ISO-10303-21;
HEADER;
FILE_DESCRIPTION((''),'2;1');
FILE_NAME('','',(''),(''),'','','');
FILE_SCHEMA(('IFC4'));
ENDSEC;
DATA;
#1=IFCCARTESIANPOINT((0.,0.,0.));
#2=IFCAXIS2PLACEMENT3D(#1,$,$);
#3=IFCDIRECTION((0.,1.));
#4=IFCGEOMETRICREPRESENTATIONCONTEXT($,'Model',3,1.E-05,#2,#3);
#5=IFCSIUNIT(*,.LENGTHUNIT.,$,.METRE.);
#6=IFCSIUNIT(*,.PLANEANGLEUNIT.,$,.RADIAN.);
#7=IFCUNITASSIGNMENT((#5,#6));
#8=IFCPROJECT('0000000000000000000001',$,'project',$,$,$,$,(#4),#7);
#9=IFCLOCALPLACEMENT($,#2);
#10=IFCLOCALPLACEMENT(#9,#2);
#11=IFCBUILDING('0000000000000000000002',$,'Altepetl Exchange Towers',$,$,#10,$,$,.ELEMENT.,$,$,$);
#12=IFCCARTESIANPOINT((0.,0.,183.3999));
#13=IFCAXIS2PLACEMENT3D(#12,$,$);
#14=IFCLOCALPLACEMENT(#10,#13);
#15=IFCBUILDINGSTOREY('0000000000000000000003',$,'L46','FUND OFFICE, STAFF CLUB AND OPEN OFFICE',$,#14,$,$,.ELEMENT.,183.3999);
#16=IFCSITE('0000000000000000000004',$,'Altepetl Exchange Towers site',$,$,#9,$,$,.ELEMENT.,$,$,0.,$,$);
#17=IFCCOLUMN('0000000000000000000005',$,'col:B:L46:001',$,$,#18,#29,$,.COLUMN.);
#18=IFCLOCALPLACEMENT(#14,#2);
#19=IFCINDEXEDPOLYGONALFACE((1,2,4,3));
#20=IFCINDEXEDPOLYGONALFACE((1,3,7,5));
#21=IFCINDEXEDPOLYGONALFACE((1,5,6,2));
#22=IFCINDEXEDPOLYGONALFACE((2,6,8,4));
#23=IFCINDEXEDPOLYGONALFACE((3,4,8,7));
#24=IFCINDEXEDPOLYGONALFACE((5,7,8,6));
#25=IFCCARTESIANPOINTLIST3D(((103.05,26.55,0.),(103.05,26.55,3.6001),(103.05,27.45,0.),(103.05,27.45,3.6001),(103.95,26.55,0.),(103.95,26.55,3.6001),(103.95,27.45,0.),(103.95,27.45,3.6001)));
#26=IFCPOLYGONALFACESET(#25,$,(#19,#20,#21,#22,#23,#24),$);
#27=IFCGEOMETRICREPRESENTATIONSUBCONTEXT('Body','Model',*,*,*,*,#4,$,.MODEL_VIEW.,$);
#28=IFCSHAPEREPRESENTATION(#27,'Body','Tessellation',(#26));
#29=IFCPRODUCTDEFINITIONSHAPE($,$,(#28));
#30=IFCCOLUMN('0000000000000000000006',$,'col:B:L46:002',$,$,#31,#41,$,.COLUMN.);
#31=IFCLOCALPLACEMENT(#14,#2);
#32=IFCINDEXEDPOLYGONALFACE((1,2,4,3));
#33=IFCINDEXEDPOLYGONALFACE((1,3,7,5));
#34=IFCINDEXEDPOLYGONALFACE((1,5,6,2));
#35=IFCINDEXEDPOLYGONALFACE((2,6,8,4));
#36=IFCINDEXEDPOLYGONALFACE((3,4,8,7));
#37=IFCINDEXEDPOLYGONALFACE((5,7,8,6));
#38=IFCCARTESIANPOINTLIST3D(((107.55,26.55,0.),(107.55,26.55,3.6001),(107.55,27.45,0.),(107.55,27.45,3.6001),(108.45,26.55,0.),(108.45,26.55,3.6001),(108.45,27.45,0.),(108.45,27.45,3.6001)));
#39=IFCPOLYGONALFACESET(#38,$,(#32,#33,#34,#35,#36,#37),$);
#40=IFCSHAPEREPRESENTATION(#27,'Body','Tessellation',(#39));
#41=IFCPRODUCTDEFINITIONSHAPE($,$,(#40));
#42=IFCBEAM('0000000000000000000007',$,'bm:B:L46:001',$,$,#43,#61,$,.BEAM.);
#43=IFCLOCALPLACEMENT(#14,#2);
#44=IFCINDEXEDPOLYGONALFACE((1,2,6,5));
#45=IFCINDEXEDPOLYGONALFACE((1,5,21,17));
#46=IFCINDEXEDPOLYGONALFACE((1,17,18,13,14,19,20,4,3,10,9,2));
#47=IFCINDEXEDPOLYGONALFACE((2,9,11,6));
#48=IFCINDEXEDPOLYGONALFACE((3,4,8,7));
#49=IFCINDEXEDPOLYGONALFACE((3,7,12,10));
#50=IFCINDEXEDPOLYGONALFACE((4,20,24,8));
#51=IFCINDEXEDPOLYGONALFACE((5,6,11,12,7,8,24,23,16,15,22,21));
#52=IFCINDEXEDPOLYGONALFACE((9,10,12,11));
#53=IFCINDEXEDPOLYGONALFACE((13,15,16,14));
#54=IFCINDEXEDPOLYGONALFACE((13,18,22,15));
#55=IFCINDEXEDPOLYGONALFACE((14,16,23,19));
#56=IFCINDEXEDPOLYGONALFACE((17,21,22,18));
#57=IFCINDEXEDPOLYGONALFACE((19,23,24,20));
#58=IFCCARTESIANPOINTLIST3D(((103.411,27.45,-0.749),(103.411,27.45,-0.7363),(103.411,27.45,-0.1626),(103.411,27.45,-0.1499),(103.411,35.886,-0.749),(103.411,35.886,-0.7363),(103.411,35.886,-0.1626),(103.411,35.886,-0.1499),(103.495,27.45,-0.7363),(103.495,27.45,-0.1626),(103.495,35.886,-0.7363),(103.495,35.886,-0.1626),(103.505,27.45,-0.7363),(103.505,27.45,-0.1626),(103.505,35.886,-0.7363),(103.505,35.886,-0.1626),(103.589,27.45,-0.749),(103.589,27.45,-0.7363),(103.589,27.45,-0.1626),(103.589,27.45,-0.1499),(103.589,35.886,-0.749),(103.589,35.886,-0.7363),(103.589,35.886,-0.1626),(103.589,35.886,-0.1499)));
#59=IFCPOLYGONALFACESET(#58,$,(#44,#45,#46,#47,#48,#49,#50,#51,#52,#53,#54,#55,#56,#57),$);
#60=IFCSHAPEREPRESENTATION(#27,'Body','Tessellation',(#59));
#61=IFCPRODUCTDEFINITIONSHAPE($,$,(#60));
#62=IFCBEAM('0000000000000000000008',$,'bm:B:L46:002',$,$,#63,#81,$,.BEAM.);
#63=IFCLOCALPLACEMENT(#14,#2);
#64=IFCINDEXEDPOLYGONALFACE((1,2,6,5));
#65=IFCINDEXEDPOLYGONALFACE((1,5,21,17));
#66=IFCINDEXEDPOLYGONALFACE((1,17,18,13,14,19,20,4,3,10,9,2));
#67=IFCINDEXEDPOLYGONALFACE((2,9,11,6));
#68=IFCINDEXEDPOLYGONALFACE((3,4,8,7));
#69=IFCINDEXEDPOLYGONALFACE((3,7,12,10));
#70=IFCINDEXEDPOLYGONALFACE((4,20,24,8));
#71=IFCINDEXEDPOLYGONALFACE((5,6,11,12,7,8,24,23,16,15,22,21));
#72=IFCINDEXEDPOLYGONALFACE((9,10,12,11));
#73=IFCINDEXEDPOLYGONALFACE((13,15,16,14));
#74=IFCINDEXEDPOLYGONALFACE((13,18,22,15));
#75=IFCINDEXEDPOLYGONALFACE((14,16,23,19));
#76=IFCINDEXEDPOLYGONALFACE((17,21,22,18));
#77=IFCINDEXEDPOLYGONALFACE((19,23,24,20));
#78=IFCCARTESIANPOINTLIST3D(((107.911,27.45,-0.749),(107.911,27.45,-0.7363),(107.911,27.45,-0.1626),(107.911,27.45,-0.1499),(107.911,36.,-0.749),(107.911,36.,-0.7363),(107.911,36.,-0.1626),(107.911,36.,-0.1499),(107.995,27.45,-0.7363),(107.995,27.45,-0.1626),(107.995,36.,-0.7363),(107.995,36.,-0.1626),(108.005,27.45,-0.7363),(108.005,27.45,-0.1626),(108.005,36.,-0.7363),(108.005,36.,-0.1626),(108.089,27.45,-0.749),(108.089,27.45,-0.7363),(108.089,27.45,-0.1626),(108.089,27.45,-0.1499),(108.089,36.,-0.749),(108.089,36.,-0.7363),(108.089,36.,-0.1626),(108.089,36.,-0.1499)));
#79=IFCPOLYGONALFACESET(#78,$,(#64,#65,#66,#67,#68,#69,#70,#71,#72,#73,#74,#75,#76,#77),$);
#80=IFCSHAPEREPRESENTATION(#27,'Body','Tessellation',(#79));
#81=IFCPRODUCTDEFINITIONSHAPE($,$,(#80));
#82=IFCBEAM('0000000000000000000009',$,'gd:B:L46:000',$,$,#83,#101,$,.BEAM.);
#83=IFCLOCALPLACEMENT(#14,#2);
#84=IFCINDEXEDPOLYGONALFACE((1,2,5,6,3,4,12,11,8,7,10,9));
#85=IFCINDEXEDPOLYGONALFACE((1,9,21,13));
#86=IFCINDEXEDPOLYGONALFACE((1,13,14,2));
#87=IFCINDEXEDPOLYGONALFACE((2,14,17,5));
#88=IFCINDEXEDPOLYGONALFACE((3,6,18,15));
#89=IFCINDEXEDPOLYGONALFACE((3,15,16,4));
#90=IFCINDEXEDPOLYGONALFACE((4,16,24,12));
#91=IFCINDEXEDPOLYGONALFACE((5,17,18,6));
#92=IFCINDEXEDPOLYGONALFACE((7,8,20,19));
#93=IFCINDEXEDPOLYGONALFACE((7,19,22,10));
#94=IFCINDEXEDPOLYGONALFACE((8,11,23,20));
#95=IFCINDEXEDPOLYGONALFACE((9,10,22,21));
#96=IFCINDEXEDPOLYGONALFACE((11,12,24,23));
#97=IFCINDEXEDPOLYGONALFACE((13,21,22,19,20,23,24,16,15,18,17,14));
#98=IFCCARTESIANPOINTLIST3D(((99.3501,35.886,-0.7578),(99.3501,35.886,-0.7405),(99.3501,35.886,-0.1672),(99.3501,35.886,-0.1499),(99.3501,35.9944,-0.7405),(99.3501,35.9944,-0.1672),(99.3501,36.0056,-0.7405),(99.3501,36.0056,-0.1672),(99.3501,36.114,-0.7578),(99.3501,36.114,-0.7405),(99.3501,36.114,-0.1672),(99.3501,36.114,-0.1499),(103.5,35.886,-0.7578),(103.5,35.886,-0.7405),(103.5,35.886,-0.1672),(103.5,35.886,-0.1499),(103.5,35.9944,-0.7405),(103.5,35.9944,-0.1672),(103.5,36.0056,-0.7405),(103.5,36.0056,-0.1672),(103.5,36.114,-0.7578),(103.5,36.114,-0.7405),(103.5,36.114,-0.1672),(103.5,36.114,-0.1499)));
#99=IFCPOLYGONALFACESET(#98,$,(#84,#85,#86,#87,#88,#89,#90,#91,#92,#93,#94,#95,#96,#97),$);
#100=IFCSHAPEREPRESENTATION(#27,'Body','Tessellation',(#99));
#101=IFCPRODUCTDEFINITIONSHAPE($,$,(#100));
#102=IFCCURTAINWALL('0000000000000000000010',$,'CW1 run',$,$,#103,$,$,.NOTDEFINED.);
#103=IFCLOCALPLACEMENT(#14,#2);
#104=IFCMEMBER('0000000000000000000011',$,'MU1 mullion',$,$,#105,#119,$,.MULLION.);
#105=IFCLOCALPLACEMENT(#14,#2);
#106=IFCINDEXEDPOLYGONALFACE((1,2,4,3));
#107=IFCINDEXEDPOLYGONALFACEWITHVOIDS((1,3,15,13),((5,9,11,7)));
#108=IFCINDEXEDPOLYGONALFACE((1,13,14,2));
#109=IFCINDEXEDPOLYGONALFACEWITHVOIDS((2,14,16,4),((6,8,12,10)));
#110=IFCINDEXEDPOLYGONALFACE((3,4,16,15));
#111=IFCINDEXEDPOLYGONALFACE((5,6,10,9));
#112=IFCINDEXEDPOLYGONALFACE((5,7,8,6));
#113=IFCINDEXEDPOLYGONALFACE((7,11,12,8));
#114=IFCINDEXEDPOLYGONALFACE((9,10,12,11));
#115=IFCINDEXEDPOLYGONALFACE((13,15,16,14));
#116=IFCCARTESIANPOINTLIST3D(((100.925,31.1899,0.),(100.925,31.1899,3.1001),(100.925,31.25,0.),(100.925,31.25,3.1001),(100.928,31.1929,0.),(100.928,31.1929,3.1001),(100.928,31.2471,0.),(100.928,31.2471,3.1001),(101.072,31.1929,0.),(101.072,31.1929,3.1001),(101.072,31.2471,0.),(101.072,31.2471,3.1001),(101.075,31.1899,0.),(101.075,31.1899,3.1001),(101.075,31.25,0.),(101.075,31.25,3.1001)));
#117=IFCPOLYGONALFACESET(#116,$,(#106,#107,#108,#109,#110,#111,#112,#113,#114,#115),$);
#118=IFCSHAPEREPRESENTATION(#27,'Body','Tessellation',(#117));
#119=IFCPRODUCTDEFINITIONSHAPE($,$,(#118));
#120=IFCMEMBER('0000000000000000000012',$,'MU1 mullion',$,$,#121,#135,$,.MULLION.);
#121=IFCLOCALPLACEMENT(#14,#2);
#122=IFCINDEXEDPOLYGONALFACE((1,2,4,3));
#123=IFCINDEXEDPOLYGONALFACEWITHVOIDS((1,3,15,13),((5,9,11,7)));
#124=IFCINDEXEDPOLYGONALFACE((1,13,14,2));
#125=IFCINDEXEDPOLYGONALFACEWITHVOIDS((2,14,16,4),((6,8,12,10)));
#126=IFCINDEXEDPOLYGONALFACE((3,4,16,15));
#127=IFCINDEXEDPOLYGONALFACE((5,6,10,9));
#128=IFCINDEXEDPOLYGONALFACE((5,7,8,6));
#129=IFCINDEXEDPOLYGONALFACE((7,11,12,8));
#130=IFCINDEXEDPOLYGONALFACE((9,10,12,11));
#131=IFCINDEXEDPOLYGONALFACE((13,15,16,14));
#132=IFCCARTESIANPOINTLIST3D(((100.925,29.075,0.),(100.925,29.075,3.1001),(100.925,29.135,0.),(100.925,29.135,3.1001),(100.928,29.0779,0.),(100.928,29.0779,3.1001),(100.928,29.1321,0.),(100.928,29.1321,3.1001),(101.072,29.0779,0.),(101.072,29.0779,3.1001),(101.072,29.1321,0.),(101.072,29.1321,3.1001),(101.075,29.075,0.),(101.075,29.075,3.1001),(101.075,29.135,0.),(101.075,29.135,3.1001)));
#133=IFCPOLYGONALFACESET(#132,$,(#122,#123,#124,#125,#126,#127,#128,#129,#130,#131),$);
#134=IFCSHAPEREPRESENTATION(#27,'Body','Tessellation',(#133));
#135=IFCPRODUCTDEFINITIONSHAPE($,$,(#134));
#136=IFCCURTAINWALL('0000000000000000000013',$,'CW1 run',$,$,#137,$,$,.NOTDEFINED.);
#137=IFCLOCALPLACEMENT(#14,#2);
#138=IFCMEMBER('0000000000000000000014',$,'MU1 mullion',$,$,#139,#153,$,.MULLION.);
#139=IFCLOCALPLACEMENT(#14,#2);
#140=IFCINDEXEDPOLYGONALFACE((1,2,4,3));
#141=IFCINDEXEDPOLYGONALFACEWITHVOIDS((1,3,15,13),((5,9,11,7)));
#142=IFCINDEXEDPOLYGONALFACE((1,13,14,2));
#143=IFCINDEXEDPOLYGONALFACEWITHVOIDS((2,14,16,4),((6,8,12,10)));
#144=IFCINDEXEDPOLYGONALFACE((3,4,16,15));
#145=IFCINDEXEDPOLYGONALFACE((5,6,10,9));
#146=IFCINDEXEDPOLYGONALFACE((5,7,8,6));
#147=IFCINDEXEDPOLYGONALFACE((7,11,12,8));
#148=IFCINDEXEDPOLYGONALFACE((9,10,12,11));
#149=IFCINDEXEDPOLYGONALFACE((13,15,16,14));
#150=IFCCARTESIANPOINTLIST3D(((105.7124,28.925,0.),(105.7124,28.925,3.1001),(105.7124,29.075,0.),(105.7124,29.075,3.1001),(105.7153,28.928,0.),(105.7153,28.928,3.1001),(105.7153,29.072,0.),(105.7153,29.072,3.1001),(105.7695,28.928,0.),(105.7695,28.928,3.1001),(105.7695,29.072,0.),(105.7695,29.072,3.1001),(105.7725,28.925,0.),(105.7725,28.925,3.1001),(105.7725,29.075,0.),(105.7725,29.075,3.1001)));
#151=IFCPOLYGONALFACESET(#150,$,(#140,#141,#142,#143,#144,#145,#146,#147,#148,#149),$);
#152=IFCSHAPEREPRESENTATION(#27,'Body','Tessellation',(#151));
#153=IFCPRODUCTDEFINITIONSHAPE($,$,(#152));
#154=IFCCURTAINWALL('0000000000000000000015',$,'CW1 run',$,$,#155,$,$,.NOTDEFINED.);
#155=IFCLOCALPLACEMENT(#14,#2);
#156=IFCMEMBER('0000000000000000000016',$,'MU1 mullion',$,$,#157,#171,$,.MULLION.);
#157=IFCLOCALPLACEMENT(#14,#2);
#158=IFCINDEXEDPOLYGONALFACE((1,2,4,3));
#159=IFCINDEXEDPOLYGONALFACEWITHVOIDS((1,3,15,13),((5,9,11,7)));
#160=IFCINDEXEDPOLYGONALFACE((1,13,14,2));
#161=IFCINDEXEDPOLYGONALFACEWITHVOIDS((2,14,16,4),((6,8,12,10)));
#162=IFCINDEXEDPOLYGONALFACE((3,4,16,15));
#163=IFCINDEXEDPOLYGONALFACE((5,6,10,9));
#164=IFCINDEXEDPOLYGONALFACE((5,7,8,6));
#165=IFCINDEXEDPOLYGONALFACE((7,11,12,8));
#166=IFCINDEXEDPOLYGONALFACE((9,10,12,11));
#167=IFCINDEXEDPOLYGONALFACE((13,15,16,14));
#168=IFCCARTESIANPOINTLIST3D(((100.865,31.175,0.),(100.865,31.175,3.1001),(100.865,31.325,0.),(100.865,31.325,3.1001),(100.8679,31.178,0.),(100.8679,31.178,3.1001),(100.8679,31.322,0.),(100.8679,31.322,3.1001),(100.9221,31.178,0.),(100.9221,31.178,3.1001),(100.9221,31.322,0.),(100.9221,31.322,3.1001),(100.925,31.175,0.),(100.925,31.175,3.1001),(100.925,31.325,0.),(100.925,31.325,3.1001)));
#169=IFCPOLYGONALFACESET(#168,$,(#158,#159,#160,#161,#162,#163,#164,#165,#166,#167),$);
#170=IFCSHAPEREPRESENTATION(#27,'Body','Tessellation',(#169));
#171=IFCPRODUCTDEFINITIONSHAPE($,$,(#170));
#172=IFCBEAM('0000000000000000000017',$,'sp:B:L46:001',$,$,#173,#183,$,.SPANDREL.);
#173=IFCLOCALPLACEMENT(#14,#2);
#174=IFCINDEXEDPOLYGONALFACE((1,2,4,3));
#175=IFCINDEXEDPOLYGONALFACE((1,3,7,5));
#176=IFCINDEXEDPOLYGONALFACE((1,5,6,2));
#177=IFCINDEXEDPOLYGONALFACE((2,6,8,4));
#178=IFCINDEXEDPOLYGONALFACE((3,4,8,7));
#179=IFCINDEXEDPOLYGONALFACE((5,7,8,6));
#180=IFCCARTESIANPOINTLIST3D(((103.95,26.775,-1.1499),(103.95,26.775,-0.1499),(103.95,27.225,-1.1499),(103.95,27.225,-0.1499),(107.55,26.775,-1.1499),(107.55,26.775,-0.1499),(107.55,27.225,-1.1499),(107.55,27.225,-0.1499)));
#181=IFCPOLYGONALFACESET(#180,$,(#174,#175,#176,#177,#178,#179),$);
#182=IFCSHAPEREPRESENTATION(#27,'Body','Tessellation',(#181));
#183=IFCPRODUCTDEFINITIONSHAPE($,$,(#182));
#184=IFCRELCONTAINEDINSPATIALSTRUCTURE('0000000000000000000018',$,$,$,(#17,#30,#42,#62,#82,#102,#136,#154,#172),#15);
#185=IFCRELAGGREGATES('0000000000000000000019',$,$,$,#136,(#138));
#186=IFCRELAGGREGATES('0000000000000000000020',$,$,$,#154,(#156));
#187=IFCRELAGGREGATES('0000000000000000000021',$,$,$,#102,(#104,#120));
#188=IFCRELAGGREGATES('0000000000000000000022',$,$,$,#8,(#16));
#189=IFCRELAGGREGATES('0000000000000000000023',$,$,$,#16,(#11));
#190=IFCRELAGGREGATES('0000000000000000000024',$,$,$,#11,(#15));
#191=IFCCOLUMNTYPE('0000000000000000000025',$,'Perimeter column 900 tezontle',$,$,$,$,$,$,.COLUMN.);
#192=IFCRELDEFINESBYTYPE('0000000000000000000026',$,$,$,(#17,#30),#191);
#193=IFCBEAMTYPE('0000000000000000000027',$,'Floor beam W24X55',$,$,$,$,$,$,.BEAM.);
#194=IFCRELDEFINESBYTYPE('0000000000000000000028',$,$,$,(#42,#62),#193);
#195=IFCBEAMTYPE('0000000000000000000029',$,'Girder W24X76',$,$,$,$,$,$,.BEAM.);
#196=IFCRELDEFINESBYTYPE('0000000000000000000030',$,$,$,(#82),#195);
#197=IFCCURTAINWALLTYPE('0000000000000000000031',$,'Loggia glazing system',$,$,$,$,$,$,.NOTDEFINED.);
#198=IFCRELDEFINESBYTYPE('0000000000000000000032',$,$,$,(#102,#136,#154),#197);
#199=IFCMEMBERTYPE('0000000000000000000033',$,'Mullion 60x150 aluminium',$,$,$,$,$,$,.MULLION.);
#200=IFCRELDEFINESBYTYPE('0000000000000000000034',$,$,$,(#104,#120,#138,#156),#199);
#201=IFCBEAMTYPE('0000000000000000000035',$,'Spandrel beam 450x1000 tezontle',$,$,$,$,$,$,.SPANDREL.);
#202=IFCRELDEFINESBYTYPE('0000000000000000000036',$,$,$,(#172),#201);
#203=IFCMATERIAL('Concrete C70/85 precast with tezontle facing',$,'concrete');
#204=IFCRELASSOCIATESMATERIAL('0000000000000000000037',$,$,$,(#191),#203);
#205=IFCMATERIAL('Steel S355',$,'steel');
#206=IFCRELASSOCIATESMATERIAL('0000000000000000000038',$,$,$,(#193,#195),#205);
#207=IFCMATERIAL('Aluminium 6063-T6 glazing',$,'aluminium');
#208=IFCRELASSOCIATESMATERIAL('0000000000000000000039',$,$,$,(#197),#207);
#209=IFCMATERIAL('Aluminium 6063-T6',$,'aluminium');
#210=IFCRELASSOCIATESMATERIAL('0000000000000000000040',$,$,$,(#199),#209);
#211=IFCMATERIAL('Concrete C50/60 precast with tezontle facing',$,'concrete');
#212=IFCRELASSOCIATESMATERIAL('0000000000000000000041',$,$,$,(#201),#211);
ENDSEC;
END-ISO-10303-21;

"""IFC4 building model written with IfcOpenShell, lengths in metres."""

from ifc_helpers import new_model, si_unit, direction, frame, origin, origin_2d, place, context, subcontext, project, spatial, rectangle, hollow_rectangle, i_section, extrude, material, material_profile, profile_set, type_object, element, aggregate, save


model = new_model("IFC4")

# Units and contexts
model_context = context("Model", 3, precision=1e-05, world=origin(), true_north=direction((0.0, 1.0)))
body_context = subcontext(model_context, "Body", "Model", "MODEL_VIEW")
ifc_project = project(units=[si_unit("LENGTHUNIT", "METRE"), si_unit("PLANEANGLEUNIT", "RADIAN")], contexts=[model_context])

# Site, building, storey
site_placement = place(None, origin())
site = spatial("IfcSite", under=ifc_project, at=site_placement, Name="Altepetl Exchange Towers site", CompositionType="ELEMENT", RefElevation=0.0)
building_placement = place(site_placement, origin())
building = spatial("IfcBuilding", under=site, at=building_placement, Name="Altepetl Exchange Towers", CompositionType="ELEMENT")
storey_placement = place(building_placement, frame((0.0, 0.0, 183.3999)))
storey = spatial("IfcBuildingStorey", under=building, at=storey_placement, Name="L46", Description="FUND OFFICE, STAFF CLUB AND OPEN OFFICE", CompositionType="ELEMENT", Elevation=183.3999)

# Columns
ifc_material_1 = material(Name="Concrete C70/85 precast with tezontle facing", Category="concrete")
ifc_material_profile_1 = material_profile(ifc_material_1, rectangle(XDim=0.8999, YDim=0.8999, at=origin_2d()), Name="900 x 900")
ifc_profile_set_1 = profile_set([ifc_material_profile_1], Name="Concrete C70/85 precast with tezontle facing")
column_type = type_object("IfcColumnType", Name="Perimeter column 900 tezontle", PredefinedType="COLUMN", material=ifc_profile_set_1)
for number, where, name in (
    (1, (103.5, 27.0, 0.0), "col:B:L46:001"),
    (2, (108.0, 27.0, 0.0), "col:B:L46:002"),
):
    element("IfcColumn", number, at=place(storey_placement, frame(where)), inside=storey, type_object=column_type, Name=name, PredefinedType="COLUMN", context=body_context, shape_type="SweptSolid", body=[
        extrude(rectangle(XDim=0.8999, YDim=0.8999, at=origin_2d()), origin(), (0.0, 0.0, 1.0), 3.6001),
    ])

# Beams
ifc_material_2 = material(Name="Steel S355", Category="steel")
ifc_material_profile_2 = material_profile(ifc_material_2, i_section(OverallWidth=0.178, OverallDepth=0.5991, WebThickness=0.01, FlangeThickness=0.0127, at=origin_2d()), Name="W24X55")
ifc_profile_set_2 = profile_set([ifc_material_profile_2], Name="Steel S355")
beam_type_1 = type_object("IfcBeamType", Name="Floor beam W24X55", PredefinedType="BEAM", material=ifc_profile_set_2)
beam_1_placement = place(storey_placement, frame((103.5, 27.45, -0.4495), z_axis=(0.0, 1.0, 0.0), x_axis=(-1.0, 0.0, 0.0)))
element("IfcBeam", 3, at=beam_1_placement, inside=storey, type_object=beam_type_1, Name="bm:B:L46:001", PredefinedType="BEAM", context=body_context, shape_type="SweptSolid", body=[
    extrude(i_section(OverallWidth=0.178, OverallDepth=0.5991, WebThickness=0.01, FlangeThickness=0.0127, at=origin_2d()), origin(), (0.0, 0.0, 1.0), 8.436),
])
beam_2_placement = place(storey_placement, frame((108.0, 27.45, -0.4495), z_axis=(0.0, 1.0, 0.0), x_axis=(-1.0, 0.0, 0.0)))
element("IfcBeam", 4, at=beam_2_placement, inside=storey, type_object=beam_type_1, Name="bm:B:L46:002", PredefinedType="BEAM", context=body_context, shape_type="SweptSolid", body=[
    extrude(i_section(OverallWidth=0.178, OverallDepth=0.5991, WebThickness=0.01, FlangeThickness=0.0127, at=origin_2d()), origin(), (0.0, 0.0, 1.0), 8.55),
])
ifc_material_profile_3 = material_profile(ifc_material_2, i_section(OverallWidth=0.228, OverallDepth=0.6079, WebThickness=0.0112, FlangeThickness=0.0173, at=origin_2d()), Name="W24X76")
ifc_profile_set_3 = profile_set([ifc_material_profile_3], Name="Steel S355")
beam_type_2 = type_object("IfcBeamType", Name="Girder W24X76", PredefinedType="BEAM", material=ifc_profile_set_3)
beam_3_placement = place(storey_placement, frame((103.5, 36.0, -0.4539), z_axis=(-1.0, 0.0, 0.0), x_axis=(0.0, -1.0, 0.0)))
element("IfcBeam", 5, at=beam_3_placement, inside=storey, type_object=beam_type_2, Name="gd:B:L46:000", PredefinedType="BEAM", context=body_context, shape_type="SweptSolid", body=[
    extrude(i_section(OverallWidth=0.228, OverallDepth=0.6079, WebThickness=0.0112, FlangeThickness=0.0173, at=origin_2d()), origin(), (0.0, 0.0, 1.0), 4.1499),
])

# Curtain wall, members
ifc_material_3 = material(Name="Aluminium 6063-T6 glazing", Category="aluminium")
curtain_wall_type = type_object("IfcCurtainWallType", Name="Loggia glazing system", PredefinedType="NOTDEFINED", material=ifc_material_3)
curtain_wall_1_placement = place(storey_placement, origin())
curtain_wall_1 = element("IfcCurtainWall", 6, at=curtain_wall_1_placement, inside=storey, type_object=curtain_wall_type, Name="CW1 run", PredefinedType="NOTDEFINED")
ifc_material_4 = material(Name="Aluminium 6063-T6", Category="aluminium")
ifc_material_profile_4 = material_profile(ifc_material_4, hollow_rectangle(XDim=0.0601, YDim=0.1499, WallThickness=0.0029, at=origin_2d()), Name="Mullion 60x150 aluminium")
ifc_profile_set_4 = profile_set([ifc_material_profile_4], Name="Aluminium 6063-T6")
member_type = type_object("IfcMemberType", Name="Mullion 60x150 aluminium", PredefinedType="MULLION", material=ifc_profile_set_4)
member_1_placement = place(storey_placement, frame((101.0, 31.22, 0.0), z_axis=(0.0, 0.0, 1.0), x_axis=(0.0, -1.0, 0.0)))
member_1 = element("IfcMember", 7, at=member_1_placement, type_object=member_type, Name="MU1 mullion", PredefinedType="MULLION", context=body_context, shape_type="SweptSolid", body=[
    extrude(hollow_rectangle(XDim=0.0601, YDim=0.1499, WallThickness=0.0029, at=origin_2d()), origin(), (0.0, 0.0, 1.0), 3.1001),
])
member_2_placement = place(storey_placement, frame((101.0, 29.105, 0.0), z_axis=(0.0, 0.0, 1.0), x_axis=(0.0, -1.0, 0.0)))
member_2 = element("IfcMember", 8, at=member_2_placement, type_object=member_type, Name="MU1 mullion", PredefinedType="MULLION", context=body_context, shape_type="SweptSolid", body=[
    extrude(hollow_rectangle(XDim=0.0601, YDim=0.1499, WallThickness=0.0029, at=origin_2d()), origin(), (0.0, 0.0, 1.0), 3.1001),
])

# Curtain walls, members
curtain_wall_2_placement = place(storey_placement, origin())
curtain_wall_2 = element("IfcCurtainWall", 9, at=curtain_wall_2_placement, inside=storey, type_object=curtain_wall_type, Name="CW1 run", PredefinedType="NOTDEFINED")
member_3_placement = place(storey_placement, frame((105.7424, 29.0, 0.0)))
member_3 = element("IfcMember", 10, at=member_3_placement, type_object=member_type, Name="MU1 mullion", PredefinedType="MULLION", context=body_context, shape_type="SweptSolid", body=[
    extrude(hollow_rectangle(XDim=0.0601, YDim=0.1499, WallThickness=0.0029, at=origin_2d()), origin(), (0.0, 0.0, 1.0), 3.1001),
])
aggregate(curtain_wall_2, [member_3])
curtain_wall_3_placement = place(storey_placement, origin())
curtain_wall_3 = element("IfcCurtainWall", 11, at=curtain_wall_3_placement, inside=storey, type_object=curtain_wall_type, Name="CW1 run", PredefinedType="NOTDEFINED")
member_4_placement = place(storey_placement, frame((100.895, 31.25, 0.0)))
member_4 = element("IfcMember", 12, at=member_4_placement, type_object=member_type, Name="MU1 mullion", PredefinedType="MULLION", context=body_context, shape_type="SweptSolid", body=[
    extrude(hollow_rectangle(XDim=0.0601, YDim=0.1499, WallThickness=0.0029, at=origin_2d()), origin(), (0.0, 0.0, 1.0), 3.1001),
])
aggregate(curtain_wall_3, [member_4])

# Beam
ifc_material_5 = material(Name="Concrete C50/60 precast with tezontle facing", Category="concrete")
ifc_material_profile_5 = material_profile(ifc_material_5, rectangle(XDim=0.45, YDim=1.0, at=origin_2d()), Name="450 x 1000")
ifc_profile_set_5 = profile_set([ifc_material_profile_5], Name="Concrete C50/60 precast with tezontle facing")
beam_type_3 = type_object("IfcBeamType", Name="Spandrel beam 450x1000 tezontle", PredefinedType="SPANDREL", material=ifc_profile_set_5)
beam_4_placement = place(storey_placement, frame((103.95, 27.0, -0.6499), z_axis=(1.0, 0.0, 0.0), x_axis=(0.0, 1.0, 0.0)))
element("IfcBeam", 13, at=beam_4_placement, inside=storey, type_object=beam_type_3, Name="sp:B:L46:001", PredefinedType="SPANDREL", context=body_context, shape_type="SweptSolid", body=[
    extrude(rectangle(XDim=0.45, YDim=1.0, at=origin_2d()), origin(), (0.0, 0.0, 1.0), 3.6001),
])

aggregate(curtain_wall_1, [member_1, member_2])

save(model, "model.ifc")
